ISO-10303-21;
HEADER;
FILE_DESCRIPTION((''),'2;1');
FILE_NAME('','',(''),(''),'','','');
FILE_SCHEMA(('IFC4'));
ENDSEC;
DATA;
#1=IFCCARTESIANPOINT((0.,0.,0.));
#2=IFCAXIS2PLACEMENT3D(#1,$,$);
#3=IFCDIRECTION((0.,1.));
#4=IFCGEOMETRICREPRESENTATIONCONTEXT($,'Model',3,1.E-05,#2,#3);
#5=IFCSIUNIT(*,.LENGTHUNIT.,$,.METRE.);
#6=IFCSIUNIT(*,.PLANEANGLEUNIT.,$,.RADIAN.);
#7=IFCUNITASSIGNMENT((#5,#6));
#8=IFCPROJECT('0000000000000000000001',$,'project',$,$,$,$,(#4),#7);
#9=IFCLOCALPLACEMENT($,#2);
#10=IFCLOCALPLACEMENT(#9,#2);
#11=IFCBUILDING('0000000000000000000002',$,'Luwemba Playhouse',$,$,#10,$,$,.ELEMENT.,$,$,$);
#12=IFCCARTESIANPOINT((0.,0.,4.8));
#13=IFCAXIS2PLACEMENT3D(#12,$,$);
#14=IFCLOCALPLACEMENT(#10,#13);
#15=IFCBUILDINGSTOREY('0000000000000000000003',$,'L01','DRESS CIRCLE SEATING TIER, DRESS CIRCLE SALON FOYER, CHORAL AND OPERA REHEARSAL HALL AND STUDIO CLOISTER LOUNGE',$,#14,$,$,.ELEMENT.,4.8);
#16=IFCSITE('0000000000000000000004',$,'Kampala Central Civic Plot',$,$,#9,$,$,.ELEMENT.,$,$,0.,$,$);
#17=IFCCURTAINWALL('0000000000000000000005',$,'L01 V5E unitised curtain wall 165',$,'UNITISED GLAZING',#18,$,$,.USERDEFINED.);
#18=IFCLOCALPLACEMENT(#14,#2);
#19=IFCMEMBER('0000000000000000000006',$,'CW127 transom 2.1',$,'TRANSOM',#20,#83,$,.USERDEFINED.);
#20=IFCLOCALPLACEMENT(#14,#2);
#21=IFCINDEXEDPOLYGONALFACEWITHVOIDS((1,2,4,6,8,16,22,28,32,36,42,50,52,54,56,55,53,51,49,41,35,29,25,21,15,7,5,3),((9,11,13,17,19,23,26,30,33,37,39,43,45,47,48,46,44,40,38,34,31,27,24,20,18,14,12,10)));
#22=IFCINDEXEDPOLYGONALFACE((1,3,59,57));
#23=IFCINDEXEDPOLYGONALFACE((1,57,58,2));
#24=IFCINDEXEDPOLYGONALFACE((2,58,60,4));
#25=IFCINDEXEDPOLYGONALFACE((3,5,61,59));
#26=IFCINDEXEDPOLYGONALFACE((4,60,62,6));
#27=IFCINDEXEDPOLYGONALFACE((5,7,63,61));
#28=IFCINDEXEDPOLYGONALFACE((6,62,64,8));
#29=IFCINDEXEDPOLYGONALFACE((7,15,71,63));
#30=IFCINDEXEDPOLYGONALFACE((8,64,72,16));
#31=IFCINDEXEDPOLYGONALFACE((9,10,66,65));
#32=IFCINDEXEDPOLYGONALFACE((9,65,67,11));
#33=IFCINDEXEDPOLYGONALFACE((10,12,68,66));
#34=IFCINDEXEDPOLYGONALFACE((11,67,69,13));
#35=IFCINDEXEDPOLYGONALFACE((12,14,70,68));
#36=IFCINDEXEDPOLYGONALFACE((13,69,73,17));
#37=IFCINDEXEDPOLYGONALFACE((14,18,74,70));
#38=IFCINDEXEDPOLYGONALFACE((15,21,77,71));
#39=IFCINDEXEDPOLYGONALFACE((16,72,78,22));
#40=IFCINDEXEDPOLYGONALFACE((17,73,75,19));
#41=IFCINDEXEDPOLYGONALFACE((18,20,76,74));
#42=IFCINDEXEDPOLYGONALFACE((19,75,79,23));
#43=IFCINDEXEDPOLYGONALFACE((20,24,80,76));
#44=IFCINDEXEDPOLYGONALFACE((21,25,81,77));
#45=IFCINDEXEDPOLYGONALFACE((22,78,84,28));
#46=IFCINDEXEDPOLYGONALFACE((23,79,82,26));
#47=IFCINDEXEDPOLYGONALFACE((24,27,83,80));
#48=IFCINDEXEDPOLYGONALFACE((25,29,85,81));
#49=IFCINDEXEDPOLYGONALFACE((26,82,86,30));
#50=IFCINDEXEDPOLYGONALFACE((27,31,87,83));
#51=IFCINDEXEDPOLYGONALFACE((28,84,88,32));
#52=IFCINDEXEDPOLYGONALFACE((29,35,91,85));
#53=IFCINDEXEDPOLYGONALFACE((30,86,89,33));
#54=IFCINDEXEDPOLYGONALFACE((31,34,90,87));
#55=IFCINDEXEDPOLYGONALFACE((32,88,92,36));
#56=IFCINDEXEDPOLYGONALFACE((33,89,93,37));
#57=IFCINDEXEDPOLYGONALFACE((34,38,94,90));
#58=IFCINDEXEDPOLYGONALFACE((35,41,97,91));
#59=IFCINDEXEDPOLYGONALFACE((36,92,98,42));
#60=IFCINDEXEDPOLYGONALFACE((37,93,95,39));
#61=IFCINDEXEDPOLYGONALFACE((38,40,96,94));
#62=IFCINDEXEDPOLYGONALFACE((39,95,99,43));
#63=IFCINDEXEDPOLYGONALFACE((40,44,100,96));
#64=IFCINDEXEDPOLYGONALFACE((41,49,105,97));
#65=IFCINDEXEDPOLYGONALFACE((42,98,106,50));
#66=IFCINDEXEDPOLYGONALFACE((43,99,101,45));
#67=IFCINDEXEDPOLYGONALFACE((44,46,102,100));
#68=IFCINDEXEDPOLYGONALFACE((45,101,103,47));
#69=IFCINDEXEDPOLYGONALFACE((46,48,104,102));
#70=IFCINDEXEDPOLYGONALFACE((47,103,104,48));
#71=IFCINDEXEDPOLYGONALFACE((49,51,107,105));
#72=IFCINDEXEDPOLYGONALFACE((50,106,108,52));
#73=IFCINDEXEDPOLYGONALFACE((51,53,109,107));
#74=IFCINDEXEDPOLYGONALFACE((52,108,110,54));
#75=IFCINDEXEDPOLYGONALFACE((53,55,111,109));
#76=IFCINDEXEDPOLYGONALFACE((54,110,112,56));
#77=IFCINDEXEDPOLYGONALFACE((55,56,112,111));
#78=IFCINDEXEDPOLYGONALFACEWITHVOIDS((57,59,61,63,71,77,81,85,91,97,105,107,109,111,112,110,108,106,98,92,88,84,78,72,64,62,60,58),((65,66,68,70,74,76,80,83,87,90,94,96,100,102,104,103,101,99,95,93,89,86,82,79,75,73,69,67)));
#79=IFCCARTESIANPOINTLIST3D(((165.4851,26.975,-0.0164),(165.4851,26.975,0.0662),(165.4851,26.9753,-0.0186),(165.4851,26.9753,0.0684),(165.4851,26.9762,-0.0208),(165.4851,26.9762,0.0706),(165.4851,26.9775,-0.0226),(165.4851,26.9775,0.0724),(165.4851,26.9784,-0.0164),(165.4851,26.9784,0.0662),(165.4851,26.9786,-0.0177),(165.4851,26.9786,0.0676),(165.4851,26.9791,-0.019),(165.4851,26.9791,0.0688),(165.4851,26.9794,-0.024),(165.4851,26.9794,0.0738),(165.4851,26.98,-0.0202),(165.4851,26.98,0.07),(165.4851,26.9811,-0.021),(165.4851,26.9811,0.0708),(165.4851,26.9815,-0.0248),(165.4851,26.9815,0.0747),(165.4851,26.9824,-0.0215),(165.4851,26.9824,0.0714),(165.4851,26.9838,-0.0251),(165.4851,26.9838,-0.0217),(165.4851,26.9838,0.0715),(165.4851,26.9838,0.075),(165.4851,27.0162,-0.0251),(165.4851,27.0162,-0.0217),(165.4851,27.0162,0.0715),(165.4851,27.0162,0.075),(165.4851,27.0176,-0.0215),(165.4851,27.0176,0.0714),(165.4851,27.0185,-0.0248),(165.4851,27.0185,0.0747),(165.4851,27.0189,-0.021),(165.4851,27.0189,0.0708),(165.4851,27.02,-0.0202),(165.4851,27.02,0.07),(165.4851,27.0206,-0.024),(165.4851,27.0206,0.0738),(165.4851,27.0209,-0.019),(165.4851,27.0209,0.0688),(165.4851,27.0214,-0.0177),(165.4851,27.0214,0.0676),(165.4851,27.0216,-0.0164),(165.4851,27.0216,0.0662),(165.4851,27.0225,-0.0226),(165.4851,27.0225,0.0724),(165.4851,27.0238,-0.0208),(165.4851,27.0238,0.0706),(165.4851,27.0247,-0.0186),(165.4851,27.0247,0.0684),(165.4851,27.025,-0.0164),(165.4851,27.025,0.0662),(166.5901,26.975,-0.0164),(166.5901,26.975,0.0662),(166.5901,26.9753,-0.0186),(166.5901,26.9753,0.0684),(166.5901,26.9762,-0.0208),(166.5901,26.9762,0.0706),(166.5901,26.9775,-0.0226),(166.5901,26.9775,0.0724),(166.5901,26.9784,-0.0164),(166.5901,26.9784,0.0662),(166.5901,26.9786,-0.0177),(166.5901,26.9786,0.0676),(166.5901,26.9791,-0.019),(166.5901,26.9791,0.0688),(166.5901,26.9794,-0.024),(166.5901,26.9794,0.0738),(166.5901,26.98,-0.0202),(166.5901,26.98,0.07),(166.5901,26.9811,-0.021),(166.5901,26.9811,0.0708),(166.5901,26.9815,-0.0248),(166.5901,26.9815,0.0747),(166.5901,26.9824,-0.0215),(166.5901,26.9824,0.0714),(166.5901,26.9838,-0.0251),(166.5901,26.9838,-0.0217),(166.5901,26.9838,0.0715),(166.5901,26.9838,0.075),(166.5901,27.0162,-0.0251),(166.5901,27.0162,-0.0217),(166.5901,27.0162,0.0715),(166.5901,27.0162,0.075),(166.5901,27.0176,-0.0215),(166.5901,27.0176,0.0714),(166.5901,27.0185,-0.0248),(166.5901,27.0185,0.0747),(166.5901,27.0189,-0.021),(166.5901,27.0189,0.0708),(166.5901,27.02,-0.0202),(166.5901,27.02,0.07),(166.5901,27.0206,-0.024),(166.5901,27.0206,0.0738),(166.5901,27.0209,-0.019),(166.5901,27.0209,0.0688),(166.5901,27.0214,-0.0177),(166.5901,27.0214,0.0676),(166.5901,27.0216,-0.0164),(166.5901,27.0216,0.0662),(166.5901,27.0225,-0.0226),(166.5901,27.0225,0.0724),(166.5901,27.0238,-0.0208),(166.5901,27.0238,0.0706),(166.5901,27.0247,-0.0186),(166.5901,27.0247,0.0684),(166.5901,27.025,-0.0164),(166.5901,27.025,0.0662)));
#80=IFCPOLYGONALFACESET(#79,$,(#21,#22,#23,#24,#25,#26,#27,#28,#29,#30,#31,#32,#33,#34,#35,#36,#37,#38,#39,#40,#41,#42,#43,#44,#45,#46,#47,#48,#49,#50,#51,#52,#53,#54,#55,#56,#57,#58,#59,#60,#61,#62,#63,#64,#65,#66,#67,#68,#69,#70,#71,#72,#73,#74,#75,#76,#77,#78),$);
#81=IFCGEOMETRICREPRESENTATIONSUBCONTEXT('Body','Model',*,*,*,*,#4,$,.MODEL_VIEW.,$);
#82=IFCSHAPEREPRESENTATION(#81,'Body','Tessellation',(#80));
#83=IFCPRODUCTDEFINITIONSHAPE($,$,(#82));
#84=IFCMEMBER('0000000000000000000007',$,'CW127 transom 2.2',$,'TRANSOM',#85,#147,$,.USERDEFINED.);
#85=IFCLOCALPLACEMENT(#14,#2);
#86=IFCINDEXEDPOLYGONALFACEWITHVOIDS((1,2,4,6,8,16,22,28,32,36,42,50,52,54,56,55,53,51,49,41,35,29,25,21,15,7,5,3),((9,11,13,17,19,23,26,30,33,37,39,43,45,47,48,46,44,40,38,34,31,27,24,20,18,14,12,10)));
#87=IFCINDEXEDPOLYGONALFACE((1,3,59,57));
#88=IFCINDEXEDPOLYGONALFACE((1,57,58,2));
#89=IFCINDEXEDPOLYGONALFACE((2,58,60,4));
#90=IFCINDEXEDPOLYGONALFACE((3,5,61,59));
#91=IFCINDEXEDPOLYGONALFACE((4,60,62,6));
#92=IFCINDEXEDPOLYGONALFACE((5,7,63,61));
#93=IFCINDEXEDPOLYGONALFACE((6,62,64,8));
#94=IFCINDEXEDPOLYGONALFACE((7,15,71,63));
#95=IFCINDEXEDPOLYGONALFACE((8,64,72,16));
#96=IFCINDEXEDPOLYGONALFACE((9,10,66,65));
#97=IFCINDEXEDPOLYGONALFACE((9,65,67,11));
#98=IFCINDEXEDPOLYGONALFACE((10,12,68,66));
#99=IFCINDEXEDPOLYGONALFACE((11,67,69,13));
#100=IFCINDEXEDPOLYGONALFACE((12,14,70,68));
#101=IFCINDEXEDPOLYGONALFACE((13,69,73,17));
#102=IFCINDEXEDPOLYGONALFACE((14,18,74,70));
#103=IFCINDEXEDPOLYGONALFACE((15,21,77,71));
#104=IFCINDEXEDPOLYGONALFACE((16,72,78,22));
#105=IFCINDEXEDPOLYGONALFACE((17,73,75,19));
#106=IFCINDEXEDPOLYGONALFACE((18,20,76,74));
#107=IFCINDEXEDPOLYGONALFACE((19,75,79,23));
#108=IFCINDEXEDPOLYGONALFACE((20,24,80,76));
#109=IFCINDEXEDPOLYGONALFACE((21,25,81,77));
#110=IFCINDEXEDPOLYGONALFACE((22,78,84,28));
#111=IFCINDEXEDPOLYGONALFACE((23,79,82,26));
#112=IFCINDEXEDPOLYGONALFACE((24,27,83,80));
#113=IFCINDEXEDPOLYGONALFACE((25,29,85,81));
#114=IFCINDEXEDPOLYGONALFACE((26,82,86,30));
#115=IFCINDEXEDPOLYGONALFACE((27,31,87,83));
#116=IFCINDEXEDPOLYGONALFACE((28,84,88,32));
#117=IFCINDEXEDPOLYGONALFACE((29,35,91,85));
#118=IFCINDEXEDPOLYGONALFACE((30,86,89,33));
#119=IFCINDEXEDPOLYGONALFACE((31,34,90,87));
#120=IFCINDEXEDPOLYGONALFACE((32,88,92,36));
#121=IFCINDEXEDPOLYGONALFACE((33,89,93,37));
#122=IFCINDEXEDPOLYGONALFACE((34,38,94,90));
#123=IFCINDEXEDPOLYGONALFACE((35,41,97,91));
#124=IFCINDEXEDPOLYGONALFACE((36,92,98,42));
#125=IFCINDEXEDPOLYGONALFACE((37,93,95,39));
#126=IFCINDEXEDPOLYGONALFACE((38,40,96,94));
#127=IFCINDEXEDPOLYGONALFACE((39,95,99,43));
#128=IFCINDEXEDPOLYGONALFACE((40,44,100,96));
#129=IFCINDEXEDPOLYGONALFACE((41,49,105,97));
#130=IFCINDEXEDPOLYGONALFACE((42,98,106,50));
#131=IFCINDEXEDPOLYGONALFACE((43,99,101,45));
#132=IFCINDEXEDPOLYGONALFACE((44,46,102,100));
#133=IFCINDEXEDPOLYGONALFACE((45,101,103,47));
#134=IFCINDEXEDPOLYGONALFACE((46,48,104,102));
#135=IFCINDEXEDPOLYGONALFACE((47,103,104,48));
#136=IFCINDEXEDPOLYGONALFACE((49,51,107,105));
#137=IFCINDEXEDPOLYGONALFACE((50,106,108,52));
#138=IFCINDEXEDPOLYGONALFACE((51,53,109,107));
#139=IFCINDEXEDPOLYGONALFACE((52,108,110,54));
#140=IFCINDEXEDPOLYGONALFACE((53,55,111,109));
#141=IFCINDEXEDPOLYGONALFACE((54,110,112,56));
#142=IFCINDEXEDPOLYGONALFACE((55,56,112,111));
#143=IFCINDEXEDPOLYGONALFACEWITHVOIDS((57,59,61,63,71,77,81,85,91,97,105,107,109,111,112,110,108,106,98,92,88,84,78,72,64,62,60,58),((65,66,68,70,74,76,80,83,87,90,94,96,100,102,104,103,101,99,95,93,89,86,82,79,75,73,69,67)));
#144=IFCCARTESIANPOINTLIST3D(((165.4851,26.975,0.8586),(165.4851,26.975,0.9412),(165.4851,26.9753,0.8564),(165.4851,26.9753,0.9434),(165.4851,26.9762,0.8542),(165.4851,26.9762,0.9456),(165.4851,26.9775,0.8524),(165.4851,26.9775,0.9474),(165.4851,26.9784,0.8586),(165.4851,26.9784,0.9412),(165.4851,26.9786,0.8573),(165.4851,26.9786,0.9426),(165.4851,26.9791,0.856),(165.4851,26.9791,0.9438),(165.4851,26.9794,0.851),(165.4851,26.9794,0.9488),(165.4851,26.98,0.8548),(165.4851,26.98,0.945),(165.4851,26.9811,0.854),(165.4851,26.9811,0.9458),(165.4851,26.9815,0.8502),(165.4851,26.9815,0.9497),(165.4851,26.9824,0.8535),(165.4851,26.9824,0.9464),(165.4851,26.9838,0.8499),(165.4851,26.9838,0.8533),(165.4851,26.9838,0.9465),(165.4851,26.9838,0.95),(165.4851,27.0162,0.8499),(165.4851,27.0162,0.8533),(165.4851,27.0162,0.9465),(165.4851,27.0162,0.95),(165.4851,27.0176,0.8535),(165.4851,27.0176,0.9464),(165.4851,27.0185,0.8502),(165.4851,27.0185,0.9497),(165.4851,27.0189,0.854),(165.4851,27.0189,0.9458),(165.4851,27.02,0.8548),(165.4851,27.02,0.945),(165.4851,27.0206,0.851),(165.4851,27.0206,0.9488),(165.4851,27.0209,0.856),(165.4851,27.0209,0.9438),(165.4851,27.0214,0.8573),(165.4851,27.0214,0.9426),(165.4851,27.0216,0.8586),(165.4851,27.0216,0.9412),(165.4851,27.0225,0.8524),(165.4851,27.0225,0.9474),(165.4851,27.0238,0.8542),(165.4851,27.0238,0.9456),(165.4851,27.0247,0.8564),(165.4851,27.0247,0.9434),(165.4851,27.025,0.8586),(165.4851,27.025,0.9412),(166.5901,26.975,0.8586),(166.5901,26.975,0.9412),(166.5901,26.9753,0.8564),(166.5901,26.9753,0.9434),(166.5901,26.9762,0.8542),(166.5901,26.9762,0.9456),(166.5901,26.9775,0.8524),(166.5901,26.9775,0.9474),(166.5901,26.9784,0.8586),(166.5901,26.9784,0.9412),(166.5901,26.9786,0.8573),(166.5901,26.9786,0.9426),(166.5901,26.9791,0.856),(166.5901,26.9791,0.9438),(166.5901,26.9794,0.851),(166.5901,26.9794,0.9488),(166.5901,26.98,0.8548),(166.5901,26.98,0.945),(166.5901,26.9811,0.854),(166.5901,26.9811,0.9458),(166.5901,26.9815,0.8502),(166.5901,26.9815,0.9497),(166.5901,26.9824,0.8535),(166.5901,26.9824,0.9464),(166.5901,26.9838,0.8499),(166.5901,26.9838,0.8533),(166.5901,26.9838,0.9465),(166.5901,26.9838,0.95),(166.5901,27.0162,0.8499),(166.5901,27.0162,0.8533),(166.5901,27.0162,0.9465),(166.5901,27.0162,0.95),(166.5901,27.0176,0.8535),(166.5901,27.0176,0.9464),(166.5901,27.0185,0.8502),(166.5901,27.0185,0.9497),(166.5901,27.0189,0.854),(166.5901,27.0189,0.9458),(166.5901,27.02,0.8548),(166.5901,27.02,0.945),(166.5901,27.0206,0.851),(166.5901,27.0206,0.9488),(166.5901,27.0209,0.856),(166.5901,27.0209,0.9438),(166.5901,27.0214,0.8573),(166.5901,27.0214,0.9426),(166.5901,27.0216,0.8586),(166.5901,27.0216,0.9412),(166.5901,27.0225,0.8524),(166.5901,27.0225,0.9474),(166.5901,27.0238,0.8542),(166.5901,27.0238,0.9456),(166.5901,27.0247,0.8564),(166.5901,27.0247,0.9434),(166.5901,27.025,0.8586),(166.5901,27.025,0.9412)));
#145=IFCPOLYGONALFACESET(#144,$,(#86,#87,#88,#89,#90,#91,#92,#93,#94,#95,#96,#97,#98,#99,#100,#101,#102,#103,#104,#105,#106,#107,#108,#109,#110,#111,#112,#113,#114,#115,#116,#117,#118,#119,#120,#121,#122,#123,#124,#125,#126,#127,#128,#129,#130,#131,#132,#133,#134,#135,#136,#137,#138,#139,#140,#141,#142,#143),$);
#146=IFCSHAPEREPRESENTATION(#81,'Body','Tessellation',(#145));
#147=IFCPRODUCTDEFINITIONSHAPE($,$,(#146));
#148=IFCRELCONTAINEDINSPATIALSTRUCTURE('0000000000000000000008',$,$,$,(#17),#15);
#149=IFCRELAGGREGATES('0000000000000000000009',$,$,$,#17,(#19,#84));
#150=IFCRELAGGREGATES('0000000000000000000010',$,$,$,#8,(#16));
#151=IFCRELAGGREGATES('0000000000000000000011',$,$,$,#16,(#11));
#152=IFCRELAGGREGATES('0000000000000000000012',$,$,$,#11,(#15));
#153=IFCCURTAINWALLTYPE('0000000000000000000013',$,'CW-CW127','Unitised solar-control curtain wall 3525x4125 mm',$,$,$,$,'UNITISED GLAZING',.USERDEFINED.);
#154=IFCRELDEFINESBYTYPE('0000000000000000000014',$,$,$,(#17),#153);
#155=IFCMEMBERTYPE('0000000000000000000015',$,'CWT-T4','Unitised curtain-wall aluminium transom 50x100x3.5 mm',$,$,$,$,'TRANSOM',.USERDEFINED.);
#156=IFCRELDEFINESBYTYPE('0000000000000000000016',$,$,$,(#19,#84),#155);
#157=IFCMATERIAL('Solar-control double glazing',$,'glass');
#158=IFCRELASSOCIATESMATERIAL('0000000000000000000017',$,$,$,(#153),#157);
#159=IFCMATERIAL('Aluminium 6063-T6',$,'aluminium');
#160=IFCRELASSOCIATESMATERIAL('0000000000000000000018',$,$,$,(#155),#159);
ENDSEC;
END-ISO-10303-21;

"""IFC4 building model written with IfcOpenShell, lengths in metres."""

from ifc_helpers import new_model, si_unit, direction, frame, origin, origin_2d, place, context, subcontext, project, spatial, hollow_rectangle, extrude, material, material_profile, profile_set, type_object, element, aggregate, save


model = new_model("IFC4")

# Units and contexts
model_context = context("Model", 3, precision=1e-05, world=origin(), true_north=direction((0.0, 1.0)))
body_context = subcontext(model_context, "Body", "Model", "MODEL_VIEW")
ifc_project = project(units=[si_unit("LENGTHUNIT", "METRE"), si_unit("PLANEANGLEUNIT", "RADIAN")], contexts=[model_context])

# Site, building, storey
site_placement = place(None, origin())
site = spatial("IfcSite", under=ifc_project, at=site_placement, Name="Kampala Central Civic Plot", CompositionType="ELEMENT", RefElevation=0.0)
building_placement = place(site_placement, origin())
building = spatial("IfcBuilding", under=site, at=building_placement, Name="Luwemba Playhouse", CompositionType="ELEMENT")
storey_placement = place(building_placement, frame((0.0, 0.0, 4.8)))
storey = spatial("IfcBuildingStorey", under=building, at=storey_placement, Name="L01", Description="DRESS CIRCLE SEATING TIER, DRESS CIRCLE SALON FOYER, CHORAL AND OPERA REHEARSAL HALL AND STUDIO CLOISTER LOUNGE", CompositionType="ELEMENT", Elevation=4.8)

# Curtain wall
ifc_material_1 = material(Name="Solar-control double glazing", Category="glass")
ifc_material_2 = material(Name="Aluminium 6063-T6", Category="aluminium")
curtain_wall_type_1 = type_object("IfcCurtainWallType", Name="CW-CW127", Description="Unitised solar-control curtain wall 3525x4125 mm", ElementType="UNITISED GLAZING", PredefinedType="USERDEFINED", material=ifc_material_1)
curtain_wall_1_placement = place(storey_placement, origin())
curtain_wall_1 = element("IfcCurtainWall", 1, at=curtain_wall_1_placement, inside=storey, type_object=curtain_wall_type_1, Name="L01 V5E unitised curtain wall 165", ObjectType="UNITISED GLAZING", PredefinedType="USERDEFINED")

# Members
ifc_material_profile_1 = material_profile(ifc_material_2, hollow_rectangle(XDim=0.05, YDim=0.1001, WallThickness=0.0034, InnerFilletRadius=0.0054, OuterFilletRadius=0.0088, at=origin_2d()))
ifc_profile_set_1 = profile_set([ifc_material_profile_1], Name="Aluminium 6063-T6")
member_type_1 = type_object("IfcMemberType", Name="CWT-T4", Description="Unitised curtain-wall aluminium transom 50x100x3.5 mm", ElementType="TRANSOM", PredefinedType="USERDEFINED", material=ifc_profile_set_1)
member_1_placement = place(storey_placement, frame((165.4851, 27.0, 0.0249), z_axis=(1.0, 0.0, 0.0), x_axis=(0.0, 1.0, 0.0)))
member_1 = element("IfcMember", 2, at=member_1_placement, type_object=member_type_1, Name="CW127 transom 2.1", ObjectType="TRANSOM", PredefinedType="USERDEFINED", context=body_context, shape_type="SweptSolid", body=[
    extrude(hollow_rectangle(XDim=0.05, YDim=0.1001, WallThickness=0.0034, InnerFilletRadius=0.0054, OuterFilletRadius=0.0088, at=origin_2d()), origin(), (0.0, 0.0, 1.0), 1.105),
])
member_2_placement = place(storey_placement, frame((165.4851, 27.0, 0.8999), z_axis=(1.0, 0.0, 0.0), x_axis=(0.0, 1.0, 0.0)))
member_2 = element("IfcMember", 3, at=member_2_placement, type_object=member_type_1, Name="CW127 transom 2.2", ObjectType="TRANSOM", PredefinedType="USERDEFINED", context=body_context, shape_type="SweptSolid", body=[
    extrude(hollow_rectangle(XDim=0.05, YDim=0.1001, WallThickness=0.0034, InnerFilletRadius=0.0054, OuterFilletRadius=0.0088, at=origin_2d()), origin(), (0.0, 0.0, 1.0), 1.105),
])

aggregate(curtain_wall_1, [member_1, member_2])

save(model, "model.ifc")
